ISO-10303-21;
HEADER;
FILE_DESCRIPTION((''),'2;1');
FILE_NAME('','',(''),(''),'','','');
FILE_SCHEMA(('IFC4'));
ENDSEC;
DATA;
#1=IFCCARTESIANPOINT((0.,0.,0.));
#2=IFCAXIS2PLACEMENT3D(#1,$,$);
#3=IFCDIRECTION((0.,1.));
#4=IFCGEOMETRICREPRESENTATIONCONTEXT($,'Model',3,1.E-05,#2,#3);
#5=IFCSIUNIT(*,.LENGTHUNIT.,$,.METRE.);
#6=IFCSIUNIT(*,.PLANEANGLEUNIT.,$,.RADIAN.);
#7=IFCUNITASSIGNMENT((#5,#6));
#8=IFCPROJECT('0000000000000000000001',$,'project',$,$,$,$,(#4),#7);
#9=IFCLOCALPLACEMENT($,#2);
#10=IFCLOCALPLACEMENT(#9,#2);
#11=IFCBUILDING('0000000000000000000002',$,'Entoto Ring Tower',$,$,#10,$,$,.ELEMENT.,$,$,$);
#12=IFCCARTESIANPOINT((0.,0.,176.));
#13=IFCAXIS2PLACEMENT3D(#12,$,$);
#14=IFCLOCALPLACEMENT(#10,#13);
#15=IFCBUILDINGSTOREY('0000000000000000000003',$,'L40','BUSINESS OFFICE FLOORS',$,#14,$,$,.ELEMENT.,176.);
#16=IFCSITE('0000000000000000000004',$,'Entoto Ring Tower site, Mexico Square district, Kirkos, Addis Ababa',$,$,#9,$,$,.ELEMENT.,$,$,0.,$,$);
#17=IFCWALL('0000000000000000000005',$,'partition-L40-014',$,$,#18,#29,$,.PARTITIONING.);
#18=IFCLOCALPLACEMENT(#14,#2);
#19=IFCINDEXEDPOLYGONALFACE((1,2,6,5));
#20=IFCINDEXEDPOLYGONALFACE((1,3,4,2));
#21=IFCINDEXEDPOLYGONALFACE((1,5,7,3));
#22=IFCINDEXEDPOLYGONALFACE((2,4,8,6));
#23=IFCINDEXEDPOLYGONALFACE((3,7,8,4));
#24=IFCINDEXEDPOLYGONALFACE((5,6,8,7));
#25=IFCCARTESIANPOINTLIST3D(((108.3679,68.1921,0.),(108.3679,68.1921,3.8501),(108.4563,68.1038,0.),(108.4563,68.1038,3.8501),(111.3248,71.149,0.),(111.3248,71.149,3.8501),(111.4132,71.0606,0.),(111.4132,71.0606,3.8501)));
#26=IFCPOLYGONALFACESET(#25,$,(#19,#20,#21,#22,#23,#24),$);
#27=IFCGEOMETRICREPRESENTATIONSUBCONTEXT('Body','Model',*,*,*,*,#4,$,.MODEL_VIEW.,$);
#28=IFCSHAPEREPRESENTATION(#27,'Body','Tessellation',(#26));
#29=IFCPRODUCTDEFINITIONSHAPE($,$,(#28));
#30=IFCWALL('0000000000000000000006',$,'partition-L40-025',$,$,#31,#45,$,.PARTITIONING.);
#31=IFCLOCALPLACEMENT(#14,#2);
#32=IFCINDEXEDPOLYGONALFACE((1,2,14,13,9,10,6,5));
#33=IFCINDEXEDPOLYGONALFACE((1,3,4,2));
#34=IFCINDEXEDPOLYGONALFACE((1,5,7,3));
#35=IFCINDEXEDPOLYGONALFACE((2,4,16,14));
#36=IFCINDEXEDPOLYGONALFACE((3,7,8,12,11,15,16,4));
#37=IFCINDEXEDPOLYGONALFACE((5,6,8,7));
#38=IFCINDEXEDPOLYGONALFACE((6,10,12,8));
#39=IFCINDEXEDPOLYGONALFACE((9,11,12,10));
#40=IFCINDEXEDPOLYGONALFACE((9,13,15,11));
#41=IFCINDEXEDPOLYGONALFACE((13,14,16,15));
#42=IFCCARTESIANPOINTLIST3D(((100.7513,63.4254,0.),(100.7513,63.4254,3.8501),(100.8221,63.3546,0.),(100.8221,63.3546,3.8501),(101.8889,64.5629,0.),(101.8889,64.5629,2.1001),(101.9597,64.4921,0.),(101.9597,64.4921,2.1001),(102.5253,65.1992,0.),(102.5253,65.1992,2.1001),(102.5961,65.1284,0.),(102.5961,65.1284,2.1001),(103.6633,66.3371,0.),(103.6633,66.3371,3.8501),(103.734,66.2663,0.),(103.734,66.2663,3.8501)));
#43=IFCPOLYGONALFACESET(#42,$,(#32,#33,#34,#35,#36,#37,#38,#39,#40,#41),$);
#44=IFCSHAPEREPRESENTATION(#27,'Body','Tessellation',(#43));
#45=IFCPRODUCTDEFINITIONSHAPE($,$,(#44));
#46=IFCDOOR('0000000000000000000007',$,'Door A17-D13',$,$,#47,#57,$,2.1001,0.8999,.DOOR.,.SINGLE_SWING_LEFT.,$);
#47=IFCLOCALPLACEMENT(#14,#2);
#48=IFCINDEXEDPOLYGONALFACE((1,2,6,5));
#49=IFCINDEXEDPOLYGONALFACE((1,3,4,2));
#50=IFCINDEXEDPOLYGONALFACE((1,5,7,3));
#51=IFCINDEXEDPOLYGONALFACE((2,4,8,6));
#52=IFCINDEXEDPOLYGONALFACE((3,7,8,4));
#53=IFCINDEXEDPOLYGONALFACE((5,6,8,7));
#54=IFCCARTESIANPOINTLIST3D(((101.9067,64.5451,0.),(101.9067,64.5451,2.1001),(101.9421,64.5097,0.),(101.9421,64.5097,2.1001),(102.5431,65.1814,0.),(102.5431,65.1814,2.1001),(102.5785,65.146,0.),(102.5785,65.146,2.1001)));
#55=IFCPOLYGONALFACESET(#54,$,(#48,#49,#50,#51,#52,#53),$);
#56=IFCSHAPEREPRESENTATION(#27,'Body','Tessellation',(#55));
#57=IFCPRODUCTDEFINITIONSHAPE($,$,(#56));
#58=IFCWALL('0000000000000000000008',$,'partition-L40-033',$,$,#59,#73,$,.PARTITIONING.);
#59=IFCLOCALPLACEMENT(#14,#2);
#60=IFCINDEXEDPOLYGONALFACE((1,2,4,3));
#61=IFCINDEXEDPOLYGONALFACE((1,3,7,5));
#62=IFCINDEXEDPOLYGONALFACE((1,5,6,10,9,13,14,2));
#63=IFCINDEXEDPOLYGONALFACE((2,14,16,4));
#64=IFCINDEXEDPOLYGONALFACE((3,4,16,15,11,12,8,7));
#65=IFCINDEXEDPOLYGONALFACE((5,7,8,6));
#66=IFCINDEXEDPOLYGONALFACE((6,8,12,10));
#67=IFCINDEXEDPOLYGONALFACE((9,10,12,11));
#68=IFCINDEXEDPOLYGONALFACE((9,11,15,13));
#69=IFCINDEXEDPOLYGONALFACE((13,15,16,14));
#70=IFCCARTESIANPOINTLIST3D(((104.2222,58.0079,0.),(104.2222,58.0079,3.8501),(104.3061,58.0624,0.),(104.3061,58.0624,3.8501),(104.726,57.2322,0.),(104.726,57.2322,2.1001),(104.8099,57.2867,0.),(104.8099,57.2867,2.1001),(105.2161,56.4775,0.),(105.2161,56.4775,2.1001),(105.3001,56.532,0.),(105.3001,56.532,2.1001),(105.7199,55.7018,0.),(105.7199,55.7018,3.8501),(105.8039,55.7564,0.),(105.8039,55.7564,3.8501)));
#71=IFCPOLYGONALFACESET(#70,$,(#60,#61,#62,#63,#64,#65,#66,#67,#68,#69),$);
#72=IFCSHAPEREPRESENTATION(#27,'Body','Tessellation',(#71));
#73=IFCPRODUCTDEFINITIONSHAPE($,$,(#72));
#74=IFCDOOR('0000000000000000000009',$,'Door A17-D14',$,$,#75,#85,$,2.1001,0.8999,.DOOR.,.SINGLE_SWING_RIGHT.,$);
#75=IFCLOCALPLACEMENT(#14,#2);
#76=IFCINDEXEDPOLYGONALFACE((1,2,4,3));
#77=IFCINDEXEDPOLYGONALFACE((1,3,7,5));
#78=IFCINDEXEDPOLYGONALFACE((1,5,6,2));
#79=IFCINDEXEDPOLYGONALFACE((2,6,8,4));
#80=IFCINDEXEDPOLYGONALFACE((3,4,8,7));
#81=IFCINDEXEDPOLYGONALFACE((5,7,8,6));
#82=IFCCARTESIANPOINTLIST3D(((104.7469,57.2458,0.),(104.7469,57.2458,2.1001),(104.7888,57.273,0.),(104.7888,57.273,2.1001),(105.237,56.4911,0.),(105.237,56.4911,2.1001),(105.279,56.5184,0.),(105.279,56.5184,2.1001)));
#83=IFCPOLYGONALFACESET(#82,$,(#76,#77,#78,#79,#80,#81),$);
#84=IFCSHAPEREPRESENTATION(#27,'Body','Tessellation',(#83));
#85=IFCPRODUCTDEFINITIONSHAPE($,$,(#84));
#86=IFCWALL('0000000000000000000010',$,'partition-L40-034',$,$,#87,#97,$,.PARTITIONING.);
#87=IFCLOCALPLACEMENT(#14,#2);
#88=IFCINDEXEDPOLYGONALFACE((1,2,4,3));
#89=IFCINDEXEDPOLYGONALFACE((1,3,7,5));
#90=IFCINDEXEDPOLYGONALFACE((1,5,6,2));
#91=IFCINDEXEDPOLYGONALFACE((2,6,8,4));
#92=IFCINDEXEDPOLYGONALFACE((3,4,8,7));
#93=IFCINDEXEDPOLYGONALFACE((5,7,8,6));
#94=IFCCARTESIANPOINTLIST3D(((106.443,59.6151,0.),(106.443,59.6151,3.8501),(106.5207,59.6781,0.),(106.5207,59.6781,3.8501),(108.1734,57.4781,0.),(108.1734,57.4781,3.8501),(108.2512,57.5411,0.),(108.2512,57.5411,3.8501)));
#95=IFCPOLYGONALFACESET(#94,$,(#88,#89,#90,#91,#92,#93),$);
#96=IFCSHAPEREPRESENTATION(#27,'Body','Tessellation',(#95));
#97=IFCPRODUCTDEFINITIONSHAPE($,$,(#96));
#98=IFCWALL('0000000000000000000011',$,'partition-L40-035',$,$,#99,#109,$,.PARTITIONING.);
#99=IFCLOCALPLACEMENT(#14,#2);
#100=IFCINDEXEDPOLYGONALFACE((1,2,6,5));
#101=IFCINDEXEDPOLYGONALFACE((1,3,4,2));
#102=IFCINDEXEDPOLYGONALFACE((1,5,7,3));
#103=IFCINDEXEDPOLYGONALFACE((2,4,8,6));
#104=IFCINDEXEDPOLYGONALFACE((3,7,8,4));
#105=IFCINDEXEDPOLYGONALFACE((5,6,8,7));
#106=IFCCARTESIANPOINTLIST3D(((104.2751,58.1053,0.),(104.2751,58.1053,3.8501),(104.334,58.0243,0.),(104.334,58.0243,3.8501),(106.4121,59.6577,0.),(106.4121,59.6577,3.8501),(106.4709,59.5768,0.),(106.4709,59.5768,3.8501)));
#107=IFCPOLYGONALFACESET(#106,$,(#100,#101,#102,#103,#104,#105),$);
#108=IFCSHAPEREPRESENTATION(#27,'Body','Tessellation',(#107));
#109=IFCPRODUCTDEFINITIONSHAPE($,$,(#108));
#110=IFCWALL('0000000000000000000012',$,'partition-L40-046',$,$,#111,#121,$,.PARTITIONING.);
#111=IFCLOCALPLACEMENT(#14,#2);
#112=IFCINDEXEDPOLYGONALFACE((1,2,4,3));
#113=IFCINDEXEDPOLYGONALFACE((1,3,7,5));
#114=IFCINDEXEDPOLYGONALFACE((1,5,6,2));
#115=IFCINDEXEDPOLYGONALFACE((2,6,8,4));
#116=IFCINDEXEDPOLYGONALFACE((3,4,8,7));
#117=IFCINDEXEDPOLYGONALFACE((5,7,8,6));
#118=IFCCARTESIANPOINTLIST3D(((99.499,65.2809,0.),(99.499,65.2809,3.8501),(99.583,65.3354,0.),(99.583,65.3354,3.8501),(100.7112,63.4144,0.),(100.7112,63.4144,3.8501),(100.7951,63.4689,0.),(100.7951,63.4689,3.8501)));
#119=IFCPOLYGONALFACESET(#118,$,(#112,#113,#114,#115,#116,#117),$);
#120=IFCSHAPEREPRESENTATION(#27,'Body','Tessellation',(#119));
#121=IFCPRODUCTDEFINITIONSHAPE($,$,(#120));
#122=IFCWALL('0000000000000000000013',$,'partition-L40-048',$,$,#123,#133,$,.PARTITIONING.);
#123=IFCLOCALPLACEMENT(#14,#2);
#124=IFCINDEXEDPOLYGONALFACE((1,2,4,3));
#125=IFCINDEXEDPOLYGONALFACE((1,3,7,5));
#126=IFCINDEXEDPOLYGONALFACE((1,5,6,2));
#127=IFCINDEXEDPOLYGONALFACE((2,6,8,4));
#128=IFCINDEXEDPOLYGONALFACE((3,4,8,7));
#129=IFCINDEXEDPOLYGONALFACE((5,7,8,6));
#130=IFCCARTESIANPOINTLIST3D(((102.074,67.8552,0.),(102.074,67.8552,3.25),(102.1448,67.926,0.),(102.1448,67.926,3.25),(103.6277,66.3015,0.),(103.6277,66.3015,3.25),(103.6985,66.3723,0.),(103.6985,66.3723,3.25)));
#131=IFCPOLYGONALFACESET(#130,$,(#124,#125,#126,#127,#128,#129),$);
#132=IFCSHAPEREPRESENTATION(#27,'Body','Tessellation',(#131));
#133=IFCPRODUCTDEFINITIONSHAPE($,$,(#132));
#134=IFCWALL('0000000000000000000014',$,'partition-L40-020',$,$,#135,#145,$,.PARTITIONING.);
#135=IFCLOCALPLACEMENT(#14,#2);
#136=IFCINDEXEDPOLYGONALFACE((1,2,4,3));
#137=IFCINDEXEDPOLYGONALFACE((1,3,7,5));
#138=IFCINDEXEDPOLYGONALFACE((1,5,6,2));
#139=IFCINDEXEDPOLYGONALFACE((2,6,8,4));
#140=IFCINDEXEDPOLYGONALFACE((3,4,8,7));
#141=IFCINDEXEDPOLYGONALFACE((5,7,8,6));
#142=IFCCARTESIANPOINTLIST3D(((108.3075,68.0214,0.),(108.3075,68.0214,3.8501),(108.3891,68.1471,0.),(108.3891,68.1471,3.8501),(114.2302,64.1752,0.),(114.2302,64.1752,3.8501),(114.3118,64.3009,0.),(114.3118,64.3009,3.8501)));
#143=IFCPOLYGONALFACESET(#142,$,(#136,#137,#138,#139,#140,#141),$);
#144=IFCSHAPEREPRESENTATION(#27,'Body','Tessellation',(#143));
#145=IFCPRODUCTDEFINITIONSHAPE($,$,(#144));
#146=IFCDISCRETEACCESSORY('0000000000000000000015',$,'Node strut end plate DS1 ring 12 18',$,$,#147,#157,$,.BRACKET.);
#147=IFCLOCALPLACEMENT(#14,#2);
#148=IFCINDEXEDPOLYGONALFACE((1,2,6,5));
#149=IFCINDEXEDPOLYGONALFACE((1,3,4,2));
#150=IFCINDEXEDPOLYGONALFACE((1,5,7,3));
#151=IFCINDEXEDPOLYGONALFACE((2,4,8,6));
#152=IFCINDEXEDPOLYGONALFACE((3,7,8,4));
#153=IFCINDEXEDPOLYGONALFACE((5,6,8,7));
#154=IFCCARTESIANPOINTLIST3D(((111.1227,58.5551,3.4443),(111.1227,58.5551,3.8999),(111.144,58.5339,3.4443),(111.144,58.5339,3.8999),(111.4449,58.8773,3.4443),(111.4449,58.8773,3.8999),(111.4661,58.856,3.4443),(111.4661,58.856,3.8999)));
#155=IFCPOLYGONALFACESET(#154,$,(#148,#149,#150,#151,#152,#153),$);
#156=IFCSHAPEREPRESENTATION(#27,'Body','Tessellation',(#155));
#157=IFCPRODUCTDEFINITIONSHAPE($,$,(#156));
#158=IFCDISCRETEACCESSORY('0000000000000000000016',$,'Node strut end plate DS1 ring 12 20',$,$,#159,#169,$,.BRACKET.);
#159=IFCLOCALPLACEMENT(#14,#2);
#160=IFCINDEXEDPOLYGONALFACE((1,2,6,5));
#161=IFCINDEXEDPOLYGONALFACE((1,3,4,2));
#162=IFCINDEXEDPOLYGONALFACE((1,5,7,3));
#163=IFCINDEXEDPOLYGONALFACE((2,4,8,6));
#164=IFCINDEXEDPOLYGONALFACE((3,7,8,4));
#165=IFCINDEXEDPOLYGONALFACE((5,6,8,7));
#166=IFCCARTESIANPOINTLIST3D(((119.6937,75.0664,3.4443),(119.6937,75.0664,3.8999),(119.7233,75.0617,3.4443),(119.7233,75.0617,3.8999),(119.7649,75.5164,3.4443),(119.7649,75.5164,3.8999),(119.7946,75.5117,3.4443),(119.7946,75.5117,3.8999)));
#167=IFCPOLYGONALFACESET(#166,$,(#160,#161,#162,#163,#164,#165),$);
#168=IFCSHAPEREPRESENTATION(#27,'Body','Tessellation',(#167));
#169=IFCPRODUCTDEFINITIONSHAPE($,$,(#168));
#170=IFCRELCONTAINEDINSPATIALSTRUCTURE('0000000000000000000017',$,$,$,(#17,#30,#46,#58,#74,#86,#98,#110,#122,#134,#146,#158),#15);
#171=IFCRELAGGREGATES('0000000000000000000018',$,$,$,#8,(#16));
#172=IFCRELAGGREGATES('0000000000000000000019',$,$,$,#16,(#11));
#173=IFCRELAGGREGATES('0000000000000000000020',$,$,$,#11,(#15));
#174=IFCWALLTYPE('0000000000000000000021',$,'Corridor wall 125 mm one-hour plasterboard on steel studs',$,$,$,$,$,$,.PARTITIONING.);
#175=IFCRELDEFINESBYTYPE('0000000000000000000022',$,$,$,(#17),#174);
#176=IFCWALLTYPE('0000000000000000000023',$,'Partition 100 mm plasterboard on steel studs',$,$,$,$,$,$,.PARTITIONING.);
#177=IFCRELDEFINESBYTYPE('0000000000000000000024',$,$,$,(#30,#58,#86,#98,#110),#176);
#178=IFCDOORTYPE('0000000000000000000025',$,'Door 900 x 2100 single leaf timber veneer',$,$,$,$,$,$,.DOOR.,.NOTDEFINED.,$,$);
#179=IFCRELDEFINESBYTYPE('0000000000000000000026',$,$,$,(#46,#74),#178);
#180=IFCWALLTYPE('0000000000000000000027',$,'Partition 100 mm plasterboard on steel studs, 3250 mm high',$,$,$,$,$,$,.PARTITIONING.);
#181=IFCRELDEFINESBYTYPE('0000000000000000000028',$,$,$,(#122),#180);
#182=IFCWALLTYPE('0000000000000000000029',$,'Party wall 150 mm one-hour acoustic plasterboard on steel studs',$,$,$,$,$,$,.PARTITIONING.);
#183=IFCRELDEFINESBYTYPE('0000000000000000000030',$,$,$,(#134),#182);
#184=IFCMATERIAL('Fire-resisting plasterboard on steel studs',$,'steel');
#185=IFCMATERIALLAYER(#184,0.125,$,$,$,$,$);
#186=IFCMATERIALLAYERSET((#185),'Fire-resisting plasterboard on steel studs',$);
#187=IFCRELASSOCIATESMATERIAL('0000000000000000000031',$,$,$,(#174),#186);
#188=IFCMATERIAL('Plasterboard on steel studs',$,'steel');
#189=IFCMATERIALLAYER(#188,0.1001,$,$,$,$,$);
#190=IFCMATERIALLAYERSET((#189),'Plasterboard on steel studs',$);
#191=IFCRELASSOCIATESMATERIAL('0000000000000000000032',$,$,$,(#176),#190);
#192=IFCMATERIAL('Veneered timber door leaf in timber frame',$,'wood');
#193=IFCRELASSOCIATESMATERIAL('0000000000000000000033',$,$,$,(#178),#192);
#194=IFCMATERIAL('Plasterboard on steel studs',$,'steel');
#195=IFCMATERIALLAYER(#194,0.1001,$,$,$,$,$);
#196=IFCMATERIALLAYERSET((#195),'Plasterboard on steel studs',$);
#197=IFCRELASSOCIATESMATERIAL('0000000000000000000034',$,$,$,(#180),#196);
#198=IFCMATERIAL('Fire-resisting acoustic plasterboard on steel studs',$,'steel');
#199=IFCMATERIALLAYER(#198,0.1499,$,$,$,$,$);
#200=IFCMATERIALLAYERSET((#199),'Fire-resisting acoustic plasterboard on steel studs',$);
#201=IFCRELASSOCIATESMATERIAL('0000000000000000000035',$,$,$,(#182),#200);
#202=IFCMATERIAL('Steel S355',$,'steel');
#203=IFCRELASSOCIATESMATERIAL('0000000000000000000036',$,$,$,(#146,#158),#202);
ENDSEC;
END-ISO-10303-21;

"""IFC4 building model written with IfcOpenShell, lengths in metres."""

from ifc_helpers import new_model, si_unit, direction, frame, frame_2d, origin, origin_2d, place, context, subcontext, project, spatial, rectangle, extrude, material, layer, layer_set, type_object, element, fill, save


model = new_model("IFC4")

# Units and contexts
model_context = context("Model", 3, precision=1e-05, world=origin(), true_north=direction((0.0, 1.0)))
body_context = subcontext(model_context, "Body", "Model", "MODEL_VIEW")
ifc_project = project(units=[si_unit("LENGTHUNIT", "METRE"), si_unit("PLANEANGLEUNIT", "RADIAN")], contexts=[model_context])

# Site, building, storey
site_placement = place(None, origin())
site = spatial("IfcSite", under=ifc_project, at=site_placement, Name="Entoto Ring Tower site, Mexico Square district, Kirkos, Addis Ababa", CompositionType="ELEMENT", RefElevation=0.0)
building_placement = place(site_placement, origin())
building = spatial("IfcBuilding", under=site, at=building_placement, Name="Entoto Ring Tower", CompositionType="ELEMENT")
storey_placement = place(building_placement, frame((0.0, 0.0, 176.0)))
storey = spatial("IfcBuildingStorey", under=building, at=storey_placement, Name="L40", Description="BUSINESS OFFICE FLOORS", CompositionType="ELEMENT", Elevation=176.0)

# Shared definitions
ifc_material_1 = material(Name="Fire-resisting plasterboard on steel studs", Category="steel")
ifc_layer_1 = layer(ifc_material_1, 0.125)
ifc_layer_set_1 = layer_set([ifc_layer_1], Name="Fire-resisting plasterboard on steel studs")
wall_type_1 = type_object("IfcWallType", Name="Corridor wall 125 mm one-hour plasterboard on steel studs", PredefinedType="PARTITIONING", material=ifc_layer_set_1)

# Wall
wall_1_placement = place(storey_placement, frame((108.4121, 68.1479, 0.0), z_axis=(0.0, 0.0, 1.0), x_axis=(0.707107, 0.707107, 0.0)))
element("IfcWall", 1, at=wall_1_placement, inside=storey, type_object=wall_type_1, Name="partition-L40-014", PredefinedType="PARTITIONING", context=body_context, shape_type="SweptSolid", body=[
    extrude(rectangle(XDim=4.1816, YDim=0.125, at=frame_2d((2.0908, 0.0))), origin(), (0.0, 0.0, 1.0), 3.8501),
])

# Walls, openings, doors
ifc_material_2 = material(Name="Plasterboard on steel studs", Category="steel")
ifc_layer_2 = layer(ifc_material_2, 0.1001)
ifc_layer_set_2 = layer_set([ifc_layer_2], Name="Plasterboard on steel studs")
wall_type_2 = type_object("IfcWallType", Name="Partition 100 mm plasterboard on steel studs", PredefinedType="PARTITIONING", material=ifc_layer_set_2)
wall_2_placement = place(storey_placement, frame((100.7866, 63.3899, 0.0), z_axis=(0.0, 0.0, 1.0), x_axis=(0.707136, 0.707077, 0.0)))
wall_2 = element("IfcWall", 2, at=wall_2_placement, inside=storey, type_object=wall_type_2, Name="partition-L40-025", PredefinedType="PARTITIONING", context=body_context, shape_type="SweptSolid", body=[
    extrude(rectangle(XDim=4.1179, YDim=0.1001, at=frame_2d((2.0591, 0.0))), origin(), (0.0, 0.0, 1.0), 3.8501),
])
opening_1_placement = place(wall_2_placement, frame((1.6089, 0.0, 0.0)))
opening_1 = element("IfcOpeningElement", 3, at=opening_1_placement, cuts=wall_2, PredefinedType="OPENING", context=body_context, shape_type="SweptSolid", body=[
    extrude(rectangle(XDim=0.8999, YDim=2.1001, at=frame_2d((0.45, 1.05))), frame((0.0, 0.0601, 0.0), z_axis=(0.0, -1.0, 0.0), x_axis=(1.0, 0.0, 0.0)), (0.0, 0.0, 1.0), 0.1201),
])
ifc_material_3 = material(Name="Veneered timber door leaf in timber frame", Category="wood")
door_type_1 = type_object("IfcDoorType", Name="Door 900 x 2100 single leaf timber veneer", OperationType="NOTDEFINED", PredefinedType="DOOR", material=ifc_material_3)
door_1_placement = place(opening_1_placement, origin())
door_1 = element("IfcDoor", 4, at=door_1_placement, inside=storey, type_object=door_type_1, Name="Door A17-D13", OperationType="SINGLE_SWING_LEFT", OverallHeight=2.1001, OverallWidth=0.8999, PredefinedType="DOOR", context=body_context, shape_type="SweptSolid", body=[
    extrude(rectangle(XDim=0.8999, YDim=2.1001, at=frame_2d((0.45, 1.05))), frame((0.0, 0.0249, 0.0), z_axis=(0.0, -1.0, 0.0), x_axis=(1.0, 0.0, 0.0)), (0.0, 0.0, 1.0), 0.05),
])
fill(opening_1, door_1)
wall_3_placement = place(storey_placement, frame((105.762, 55.729, 0.0), z_axis=(0.0, 0.0, 1.0), x_axis=(-0.544682, 0.838642, 0.0)))
wall_3 = element("IfcWall", 5, at=wall_3_placement, inside=storey, type_object=wall_type_2, Name="partition-L40-033", PredefinedType="PARTITIONING", context=body_context, shape_type="SweptSolid", body=[
    extrude(rectangle(XDim=2.7498, YDim=0.1001, at=frame_2d((1.375, 0.0))), origin(), (0.0, 0.0, 1.0), 3.8501),
])
opening_2_placement = place(wall_3_placement, frame((0.925, 0.0, 0.0)))
opening_2 = element("IfcOpeningElement", 6, at=opening_2_placement, cuts=wall_3, PredefinedType="OPENING", context=body_context, shape_type="SweptSolid", body=[
    extrude(rectangle(XDim=0.8999, YDim=2.1001, at=frame_2d((0.45, 1.05))), frame((0.0, 0.0601, 0.0), z_axis=(0.0, -1.0, 0.0), x_axis=(1.0, 0.0, 0.0)), (0.0, 0.0, 1.0), 0.1201),
])
door_2_placement = place(opening_2_placement, frame((0.8999, 0.0, 0.0), z_axis=(0.0, 0.0, 1.0), x_axis=(-1.0, 0.0, 0.0)))
door_2 = element("IfcDoor", 7, at=door_2_placement, inside=storey, type_object=door_type_1, Name="Door A17-D14", OperationType="SINGLE_SWING_RIGHT", OverallHeight=2.1001, OverallWidth=0.8999, PredefinedType="DOOR", context=body_context, shape_type="SweptSolid", body=[
    extrude(rectangle(XDim=0.8999, YDim=2.1001, at=frame_2d((0.45, 1.05))), frame((0.0, 0.0249, 0.0), z_axis=(0.0, -1.0, 0.0), x_axis=(1.0, 0.0, 0.0)), (0.0, 0.0, 1.0), 0.05),
])
fill(opening_2, door_2)

# Walls
wall_4_placement = place(storey_placement, frame((108.2124, 57.5095, 0.0), z_axis=(0.0, 0.0, 1.0), x_axis=(-0.629318, 0.777148, 0.0)))
element("IfcWall", 8, at=wall_4_placement, inside=storey, type_object=wall_type_2, Name="partition-L40-034", PredefinedType="PARTITIONING", context=body_context, shape_type="SweptSolid", body=[
    extrude(rectangle(XDim=2.7498, YDim=0.1001, at=frame_2d((1.375, 0.0))), origin(), (0.0, 0.0, 1.0), 3.8501),
])
wall_5_placement = place(storey_placement, frame((104.3044, 58.0647, 0.0), z_axis=(0.0, 0.0, 1.0), x_axis=(0.809036, 0.587759, 0.0)))
element("IfcWall", 9, at=wall_5_placement, inside=storey, type_object=wall_type_2, Name="partition-L40-035", PredefinedType="PARTITIONING", context=body_context, shape_type="SweptSolid", body=[
    extrude(rectangle(XDim=2.6414, YDim=0.1001, at=frame_2d((1.3208, 0.0))), origin(), (0.0, 0.0, 1.0), 3.8501),
])
wall_6_placement = place(storey_placement, frame((100.7532, 63.4417, 0.0), z_axis=(0.0, 0.0, 1.0), x_axis=(-0.544661, 0.838657, 0.0)))
element("IfcWall", 10, at=wall_6_placement, inside=storey, type_object=wall_type_2, Name="partition-L40-046", PredefinedType="PARTITIONING", context=body_context, shape_type="SweptSolid", body=[
    extrude(rectangle(XDim=2.2256, YDim=0.1001, at=frame_2d((1.1128, 0.0))), origin(), (0.0, 0.0, 1.0), 3.8501),
])
ifc_material_4 = material(Name="Plasterboard on steel studs", Category="steel")
ifc_layer_3 = layer(ifc_material_4, 0.1001)
ifc_layer_set_3 = layer_set([ifc_layer_3], Name="Plasterboard on steel studs")
wall_type_3 = type_object("IfcWallType", Name="Partition 100 mm plasterboard on steel studs, 3250 mm high", PredefinedType="PARTITIONING", material=ifc_layer_set_3)
wall_7_placement = place(storey_placement, frame((103.6631, 66.3369, 0.0), z_axis=(0.0, 0.0, 1.0), x_axis=(-0.707107, 0.707107, 0.0)))
element("IfcWall", 11, at=wall_7_placement, inside=storey, type_object=wall_type_3, Name="partition-L40-048", PredefinedType="PARTITIONING", context=body_context, shape_type="SweptSolid", body=[
    extrude(rectangle(XDim=2.1973, YDim=0.1001, at=frame_2d((1.0986, 0.0))), origin(), (0.0, 0.0, 1.0), 3.25),
])
ifc_material_5 = material(Name="Fire-resisting acoustic plasterboard on steel studs", Category="steel")
ifc_layer_4 = layer(ifc_material_5, 0.1499)
ifc_layer_set_4 = layer_set([ifc_layer_4], Name="Fire-resisting acoustic plasterboard on steel studs")
wall_type_4 = type_object("IfcWallType", Name="Party wall 150 mm one-hour acoustic plasterboard on steel studs", PredefinedType="PARTITIONING", material=ifc_layer_set_4)
wall_8_placement = place(storey_placement, frame((114.271, 64.238, 0.0), z_axis=(0.0, 0.0, 1.0), x_axis=(-0.83867, 0.54464, 0.0)))
element("IfcWall", 12, at=wall_8_placement, inside=storey, type_object=wall_type_4, Name="partition-L40-020", PredefinedType="PARTITIONING", context=body_context, shape_type="SweptSolid", body=[
    extrude(rectangle(XDim=7.062, YDim=0.1499, at=frame_2d((3.531, 0.0))), origin(), (0.0, 0.0, 1.0), 3.8501),
])

# Discrete accessories
ifc_material_6 = material(Name="Steel S355", Category="steel")
for number, where, z_axis, x_axis, name in (
    (13, (111.2944, 58.7056, 3.4443), (0.0, 0.0, 1.0), (0.707107, -0.707107, 0.0), "Node strut end plate DS1 ring 12 18"),
    (14, (119.7441, 75.2891, 3.4443), (0.0, 0.0, 1.0), (0.987688, -0.156434, 0.0), "Node strut end plate DS1 ring 12 20"),
):
    element("IfcDiscreteAccessory", number, at=place(storey_placement, frame(where, z_axis=z_axis, x_axis=x_axis)), inside=storey, material=ifc_material_6, Name=name, PredefinedType="BRACKET", context=body_context, shape_type="SweptSolid", body=[
        extrude(rectangle(XDim=0.03, YDim=0.4556, at=origin_2d()), origin(), (0.0, 0.0, 1.0), 0.4556),
    ])

save(model, "model.ifc")
